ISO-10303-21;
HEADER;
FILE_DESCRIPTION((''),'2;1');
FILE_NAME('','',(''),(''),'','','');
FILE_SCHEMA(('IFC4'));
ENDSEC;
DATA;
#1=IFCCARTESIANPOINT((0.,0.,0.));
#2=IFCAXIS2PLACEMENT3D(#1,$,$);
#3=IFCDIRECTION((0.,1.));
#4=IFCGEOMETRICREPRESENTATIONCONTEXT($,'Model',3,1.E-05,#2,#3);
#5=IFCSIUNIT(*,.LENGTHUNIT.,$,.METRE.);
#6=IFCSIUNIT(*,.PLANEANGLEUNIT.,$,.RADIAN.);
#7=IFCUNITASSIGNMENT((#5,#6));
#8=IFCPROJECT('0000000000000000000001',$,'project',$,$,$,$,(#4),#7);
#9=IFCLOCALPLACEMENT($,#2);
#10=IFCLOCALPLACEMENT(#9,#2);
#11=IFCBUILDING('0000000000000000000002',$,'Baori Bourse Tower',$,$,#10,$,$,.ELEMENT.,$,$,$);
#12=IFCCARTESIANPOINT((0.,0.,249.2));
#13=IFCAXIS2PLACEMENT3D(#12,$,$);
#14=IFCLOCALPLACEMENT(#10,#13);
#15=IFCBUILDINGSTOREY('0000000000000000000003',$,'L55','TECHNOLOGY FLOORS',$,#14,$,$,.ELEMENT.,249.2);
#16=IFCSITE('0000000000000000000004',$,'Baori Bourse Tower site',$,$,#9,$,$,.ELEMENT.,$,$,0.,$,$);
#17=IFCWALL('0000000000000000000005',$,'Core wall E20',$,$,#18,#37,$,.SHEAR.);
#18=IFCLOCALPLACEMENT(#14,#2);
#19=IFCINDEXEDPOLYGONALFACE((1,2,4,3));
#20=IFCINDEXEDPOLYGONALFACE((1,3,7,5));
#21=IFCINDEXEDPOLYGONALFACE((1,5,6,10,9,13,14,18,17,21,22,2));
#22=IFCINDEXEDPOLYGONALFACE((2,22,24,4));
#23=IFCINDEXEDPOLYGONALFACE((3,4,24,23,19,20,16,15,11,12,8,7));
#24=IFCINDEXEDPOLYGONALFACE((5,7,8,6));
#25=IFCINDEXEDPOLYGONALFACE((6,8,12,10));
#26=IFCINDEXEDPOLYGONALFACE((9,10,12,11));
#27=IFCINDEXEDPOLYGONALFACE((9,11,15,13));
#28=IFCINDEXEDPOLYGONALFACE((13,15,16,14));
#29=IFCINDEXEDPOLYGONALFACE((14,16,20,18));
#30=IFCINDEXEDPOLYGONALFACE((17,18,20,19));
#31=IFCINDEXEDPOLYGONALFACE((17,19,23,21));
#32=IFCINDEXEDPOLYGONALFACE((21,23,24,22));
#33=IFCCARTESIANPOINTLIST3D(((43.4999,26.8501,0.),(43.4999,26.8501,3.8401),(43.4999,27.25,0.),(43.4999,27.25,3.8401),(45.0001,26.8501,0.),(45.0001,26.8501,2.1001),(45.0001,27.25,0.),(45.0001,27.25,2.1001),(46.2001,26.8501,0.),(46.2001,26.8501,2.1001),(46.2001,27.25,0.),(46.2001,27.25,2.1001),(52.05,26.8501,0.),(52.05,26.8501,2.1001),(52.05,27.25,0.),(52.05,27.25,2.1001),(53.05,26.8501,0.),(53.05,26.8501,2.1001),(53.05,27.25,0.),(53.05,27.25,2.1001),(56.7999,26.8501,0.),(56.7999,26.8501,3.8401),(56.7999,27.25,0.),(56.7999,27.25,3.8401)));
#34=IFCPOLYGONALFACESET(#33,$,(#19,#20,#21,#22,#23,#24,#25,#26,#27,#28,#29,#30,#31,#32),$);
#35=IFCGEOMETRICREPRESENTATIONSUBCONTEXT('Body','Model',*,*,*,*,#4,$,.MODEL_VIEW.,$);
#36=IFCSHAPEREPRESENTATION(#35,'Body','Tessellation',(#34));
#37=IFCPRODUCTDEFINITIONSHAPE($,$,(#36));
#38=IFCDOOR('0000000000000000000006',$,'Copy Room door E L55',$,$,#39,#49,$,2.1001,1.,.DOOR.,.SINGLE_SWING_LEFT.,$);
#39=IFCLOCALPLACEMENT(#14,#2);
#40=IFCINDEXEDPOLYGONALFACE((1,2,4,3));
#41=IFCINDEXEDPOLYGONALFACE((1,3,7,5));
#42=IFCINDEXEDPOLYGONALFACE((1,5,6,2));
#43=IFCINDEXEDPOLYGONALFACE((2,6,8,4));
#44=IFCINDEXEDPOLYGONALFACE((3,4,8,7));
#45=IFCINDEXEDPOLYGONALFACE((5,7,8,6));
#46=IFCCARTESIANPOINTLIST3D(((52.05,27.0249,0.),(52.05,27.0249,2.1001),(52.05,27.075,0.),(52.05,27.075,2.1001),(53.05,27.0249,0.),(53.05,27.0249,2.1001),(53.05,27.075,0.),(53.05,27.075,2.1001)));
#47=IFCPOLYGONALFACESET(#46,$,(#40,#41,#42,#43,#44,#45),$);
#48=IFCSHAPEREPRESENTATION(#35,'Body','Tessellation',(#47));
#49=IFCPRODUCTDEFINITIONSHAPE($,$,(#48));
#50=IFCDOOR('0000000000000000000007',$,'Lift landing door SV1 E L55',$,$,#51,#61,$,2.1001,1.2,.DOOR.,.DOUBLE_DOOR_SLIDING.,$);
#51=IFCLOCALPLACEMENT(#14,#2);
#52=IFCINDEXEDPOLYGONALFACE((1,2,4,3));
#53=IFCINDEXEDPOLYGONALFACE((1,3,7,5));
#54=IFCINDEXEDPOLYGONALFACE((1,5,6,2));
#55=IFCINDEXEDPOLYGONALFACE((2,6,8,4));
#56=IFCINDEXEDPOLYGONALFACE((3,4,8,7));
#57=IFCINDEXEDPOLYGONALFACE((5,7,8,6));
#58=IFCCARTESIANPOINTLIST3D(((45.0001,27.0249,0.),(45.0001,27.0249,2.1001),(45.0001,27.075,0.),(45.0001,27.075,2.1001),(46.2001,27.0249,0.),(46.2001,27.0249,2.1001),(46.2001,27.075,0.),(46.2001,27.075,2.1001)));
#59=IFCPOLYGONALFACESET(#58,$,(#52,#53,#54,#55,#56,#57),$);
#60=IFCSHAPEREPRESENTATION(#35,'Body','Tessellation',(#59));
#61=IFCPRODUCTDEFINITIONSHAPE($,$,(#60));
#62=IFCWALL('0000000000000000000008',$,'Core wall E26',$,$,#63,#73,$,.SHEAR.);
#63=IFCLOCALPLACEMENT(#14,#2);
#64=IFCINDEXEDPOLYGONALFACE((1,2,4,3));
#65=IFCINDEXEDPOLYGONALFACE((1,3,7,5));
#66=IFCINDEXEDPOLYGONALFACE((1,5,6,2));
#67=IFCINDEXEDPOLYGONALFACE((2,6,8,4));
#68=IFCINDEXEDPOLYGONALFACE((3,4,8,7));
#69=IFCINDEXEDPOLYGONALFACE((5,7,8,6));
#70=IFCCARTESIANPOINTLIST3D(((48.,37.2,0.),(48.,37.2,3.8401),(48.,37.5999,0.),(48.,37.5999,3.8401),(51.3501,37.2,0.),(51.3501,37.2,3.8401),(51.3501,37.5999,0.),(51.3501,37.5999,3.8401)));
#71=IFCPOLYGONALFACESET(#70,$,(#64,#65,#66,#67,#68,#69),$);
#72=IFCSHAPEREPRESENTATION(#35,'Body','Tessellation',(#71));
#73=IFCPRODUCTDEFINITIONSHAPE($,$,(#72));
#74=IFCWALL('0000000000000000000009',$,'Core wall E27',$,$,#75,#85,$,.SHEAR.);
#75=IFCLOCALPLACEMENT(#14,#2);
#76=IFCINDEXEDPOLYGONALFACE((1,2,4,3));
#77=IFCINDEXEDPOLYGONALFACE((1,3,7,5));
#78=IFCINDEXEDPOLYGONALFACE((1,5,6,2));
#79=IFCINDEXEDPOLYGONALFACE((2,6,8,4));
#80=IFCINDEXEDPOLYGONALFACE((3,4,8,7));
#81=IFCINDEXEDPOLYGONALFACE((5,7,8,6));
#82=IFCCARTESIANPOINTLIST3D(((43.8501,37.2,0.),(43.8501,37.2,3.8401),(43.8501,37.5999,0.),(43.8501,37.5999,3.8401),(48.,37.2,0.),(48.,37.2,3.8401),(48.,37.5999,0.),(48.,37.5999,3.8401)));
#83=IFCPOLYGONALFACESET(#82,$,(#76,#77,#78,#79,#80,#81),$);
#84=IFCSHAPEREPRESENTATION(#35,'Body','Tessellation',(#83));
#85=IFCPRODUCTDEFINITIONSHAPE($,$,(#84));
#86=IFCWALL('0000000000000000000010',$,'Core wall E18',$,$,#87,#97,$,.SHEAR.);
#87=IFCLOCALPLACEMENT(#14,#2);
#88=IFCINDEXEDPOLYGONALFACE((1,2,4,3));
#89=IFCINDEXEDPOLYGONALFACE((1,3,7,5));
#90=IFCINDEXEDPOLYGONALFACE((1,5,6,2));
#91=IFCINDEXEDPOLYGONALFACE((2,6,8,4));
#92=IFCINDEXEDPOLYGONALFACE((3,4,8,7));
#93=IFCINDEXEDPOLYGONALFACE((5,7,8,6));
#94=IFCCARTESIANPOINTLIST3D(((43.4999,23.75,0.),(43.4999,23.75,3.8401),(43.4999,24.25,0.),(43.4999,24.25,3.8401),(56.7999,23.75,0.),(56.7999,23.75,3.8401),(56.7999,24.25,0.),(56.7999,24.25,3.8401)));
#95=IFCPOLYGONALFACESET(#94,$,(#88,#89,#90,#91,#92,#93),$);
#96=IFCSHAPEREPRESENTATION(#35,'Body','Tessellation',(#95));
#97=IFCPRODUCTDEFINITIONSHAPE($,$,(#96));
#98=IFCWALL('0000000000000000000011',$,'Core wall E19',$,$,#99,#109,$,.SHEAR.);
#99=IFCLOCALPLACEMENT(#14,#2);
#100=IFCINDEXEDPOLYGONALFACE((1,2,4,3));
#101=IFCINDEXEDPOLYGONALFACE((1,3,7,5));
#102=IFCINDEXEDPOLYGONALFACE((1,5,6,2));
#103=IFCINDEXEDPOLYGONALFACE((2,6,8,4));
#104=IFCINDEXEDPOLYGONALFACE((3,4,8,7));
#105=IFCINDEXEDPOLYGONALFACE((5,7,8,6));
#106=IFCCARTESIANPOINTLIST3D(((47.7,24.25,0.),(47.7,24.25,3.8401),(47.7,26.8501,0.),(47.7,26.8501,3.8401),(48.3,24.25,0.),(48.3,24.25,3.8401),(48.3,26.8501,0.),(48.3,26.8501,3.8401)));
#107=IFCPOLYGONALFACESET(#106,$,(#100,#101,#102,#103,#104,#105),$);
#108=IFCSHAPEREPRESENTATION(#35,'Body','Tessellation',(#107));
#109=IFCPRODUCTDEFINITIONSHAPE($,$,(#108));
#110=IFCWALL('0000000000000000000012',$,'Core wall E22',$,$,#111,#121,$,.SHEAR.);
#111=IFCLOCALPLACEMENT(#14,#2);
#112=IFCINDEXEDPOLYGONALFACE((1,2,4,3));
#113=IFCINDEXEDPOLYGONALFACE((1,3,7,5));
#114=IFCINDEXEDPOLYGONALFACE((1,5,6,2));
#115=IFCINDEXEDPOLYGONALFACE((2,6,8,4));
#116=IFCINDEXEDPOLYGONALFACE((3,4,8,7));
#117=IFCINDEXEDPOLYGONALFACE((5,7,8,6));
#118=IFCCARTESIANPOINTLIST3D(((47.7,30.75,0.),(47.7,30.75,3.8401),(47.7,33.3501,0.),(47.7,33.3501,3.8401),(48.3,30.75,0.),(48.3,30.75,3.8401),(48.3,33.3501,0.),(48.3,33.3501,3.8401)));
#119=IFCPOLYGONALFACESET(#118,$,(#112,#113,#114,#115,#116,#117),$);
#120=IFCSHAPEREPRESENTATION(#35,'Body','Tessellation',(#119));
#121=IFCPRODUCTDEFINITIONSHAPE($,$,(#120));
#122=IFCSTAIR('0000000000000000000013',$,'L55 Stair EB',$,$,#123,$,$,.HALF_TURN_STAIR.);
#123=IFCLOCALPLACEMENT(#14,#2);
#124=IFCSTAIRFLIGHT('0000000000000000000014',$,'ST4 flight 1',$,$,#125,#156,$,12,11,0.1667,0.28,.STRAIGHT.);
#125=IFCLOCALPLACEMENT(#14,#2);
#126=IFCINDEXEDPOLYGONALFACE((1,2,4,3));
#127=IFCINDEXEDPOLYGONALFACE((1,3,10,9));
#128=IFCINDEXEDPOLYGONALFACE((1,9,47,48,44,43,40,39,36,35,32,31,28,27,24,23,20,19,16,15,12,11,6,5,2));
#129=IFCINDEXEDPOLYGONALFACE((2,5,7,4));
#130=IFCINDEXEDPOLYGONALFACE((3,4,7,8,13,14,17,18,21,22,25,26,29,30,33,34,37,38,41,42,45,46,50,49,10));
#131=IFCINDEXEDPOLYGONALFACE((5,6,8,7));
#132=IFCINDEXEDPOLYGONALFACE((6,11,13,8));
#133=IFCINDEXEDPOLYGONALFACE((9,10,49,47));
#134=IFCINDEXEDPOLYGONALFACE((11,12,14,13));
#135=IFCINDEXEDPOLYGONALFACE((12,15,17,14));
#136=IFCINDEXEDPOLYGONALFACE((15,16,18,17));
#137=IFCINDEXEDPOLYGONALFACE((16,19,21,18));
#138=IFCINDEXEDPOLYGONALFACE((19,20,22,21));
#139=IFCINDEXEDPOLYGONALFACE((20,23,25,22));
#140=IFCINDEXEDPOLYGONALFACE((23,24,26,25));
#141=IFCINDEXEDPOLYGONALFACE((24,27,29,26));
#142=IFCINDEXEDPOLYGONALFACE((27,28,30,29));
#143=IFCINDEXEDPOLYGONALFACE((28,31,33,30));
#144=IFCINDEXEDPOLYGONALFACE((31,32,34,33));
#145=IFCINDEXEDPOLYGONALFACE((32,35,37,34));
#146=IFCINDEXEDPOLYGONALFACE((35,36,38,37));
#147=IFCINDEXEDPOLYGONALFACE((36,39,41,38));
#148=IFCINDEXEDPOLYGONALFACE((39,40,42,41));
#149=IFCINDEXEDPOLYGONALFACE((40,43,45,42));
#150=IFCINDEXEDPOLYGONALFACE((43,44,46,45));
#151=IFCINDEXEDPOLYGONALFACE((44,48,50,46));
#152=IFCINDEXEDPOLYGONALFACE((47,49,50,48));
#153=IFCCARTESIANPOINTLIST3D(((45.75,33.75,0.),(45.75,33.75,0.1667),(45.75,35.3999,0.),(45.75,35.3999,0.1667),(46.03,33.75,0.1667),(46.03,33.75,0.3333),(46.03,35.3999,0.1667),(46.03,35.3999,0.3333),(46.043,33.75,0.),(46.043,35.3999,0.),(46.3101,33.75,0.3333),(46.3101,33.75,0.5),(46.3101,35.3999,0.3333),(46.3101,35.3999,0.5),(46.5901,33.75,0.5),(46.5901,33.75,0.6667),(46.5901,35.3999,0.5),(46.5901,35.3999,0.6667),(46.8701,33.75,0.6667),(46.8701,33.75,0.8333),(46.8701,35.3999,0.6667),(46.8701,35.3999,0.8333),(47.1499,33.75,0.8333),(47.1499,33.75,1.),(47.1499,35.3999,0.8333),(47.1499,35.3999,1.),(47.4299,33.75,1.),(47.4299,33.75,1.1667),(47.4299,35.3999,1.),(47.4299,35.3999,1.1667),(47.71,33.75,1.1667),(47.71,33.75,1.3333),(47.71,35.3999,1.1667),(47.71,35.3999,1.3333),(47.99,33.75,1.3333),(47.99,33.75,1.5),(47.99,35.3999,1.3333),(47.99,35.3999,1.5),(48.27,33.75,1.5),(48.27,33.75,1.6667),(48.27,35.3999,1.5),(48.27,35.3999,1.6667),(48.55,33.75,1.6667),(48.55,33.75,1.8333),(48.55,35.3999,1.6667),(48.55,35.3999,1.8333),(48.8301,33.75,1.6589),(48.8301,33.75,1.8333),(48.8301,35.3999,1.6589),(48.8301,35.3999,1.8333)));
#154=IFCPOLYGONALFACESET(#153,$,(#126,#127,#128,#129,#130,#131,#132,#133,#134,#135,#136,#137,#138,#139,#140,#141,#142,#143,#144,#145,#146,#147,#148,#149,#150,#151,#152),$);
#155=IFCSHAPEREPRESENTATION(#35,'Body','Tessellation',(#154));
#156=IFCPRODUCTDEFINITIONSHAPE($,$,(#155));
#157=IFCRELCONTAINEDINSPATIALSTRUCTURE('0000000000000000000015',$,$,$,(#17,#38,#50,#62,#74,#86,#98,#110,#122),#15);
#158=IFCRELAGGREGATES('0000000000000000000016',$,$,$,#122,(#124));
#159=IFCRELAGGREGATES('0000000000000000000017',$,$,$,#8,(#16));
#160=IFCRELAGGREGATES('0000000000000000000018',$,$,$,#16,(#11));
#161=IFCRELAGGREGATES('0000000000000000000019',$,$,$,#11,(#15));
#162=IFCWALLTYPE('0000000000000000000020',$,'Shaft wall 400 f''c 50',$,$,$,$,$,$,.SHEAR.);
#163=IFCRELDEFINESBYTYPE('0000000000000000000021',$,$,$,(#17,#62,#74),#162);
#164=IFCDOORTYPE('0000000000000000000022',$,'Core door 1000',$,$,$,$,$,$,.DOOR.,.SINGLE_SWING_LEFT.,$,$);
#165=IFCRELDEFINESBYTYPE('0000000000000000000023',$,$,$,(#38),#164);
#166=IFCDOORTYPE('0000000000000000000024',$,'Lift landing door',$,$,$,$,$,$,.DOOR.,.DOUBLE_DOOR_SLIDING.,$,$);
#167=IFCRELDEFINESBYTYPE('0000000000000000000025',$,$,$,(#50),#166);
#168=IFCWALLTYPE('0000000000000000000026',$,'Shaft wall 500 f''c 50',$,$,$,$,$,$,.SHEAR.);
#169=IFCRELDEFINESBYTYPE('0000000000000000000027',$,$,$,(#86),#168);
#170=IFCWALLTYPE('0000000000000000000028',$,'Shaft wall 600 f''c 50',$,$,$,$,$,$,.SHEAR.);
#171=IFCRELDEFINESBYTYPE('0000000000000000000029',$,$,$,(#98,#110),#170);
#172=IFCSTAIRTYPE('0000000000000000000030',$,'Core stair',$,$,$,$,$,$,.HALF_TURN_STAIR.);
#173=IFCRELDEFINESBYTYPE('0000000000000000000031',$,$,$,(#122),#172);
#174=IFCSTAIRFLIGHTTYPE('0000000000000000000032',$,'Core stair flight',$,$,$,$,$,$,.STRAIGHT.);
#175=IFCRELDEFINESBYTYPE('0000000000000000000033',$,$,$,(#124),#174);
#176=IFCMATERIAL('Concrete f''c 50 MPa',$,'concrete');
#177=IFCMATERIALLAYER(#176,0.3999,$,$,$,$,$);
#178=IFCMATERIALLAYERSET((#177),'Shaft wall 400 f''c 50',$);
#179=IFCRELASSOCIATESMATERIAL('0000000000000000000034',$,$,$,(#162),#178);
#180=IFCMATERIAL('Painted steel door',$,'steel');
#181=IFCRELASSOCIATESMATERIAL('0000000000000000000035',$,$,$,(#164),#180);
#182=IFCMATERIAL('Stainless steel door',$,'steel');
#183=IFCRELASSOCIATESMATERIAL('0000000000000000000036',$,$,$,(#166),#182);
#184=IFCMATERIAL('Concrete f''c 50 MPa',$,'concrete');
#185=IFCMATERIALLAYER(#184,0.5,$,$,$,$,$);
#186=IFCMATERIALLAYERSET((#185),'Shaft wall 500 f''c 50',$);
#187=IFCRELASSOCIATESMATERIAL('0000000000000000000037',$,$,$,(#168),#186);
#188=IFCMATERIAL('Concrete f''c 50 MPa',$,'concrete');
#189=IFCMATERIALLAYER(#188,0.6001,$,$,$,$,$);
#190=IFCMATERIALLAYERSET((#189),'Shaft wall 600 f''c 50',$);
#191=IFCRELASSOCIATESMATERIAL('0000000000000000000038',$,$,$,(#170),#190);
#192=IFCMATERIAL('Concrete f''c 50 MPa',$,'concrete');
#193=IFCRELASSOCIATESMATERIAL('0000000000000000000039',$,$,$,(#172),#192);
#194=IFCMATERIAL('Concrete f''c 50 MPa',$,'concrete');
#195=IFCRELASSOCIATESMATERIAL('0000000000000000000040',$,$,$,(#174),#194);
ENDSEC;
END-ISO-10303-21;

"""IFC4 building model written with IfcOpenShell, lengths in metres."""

from ifc_helpers import new_model, si_unit, direction, frame, frame_2d, origin, place, context, subcontext, project, spatial, polyline, rectangle, outline, extrude, material, layer, layer_set, type_object, element, fill, aggregate, save


model = new_model("IFC4")

# Units and contexts
model_context = context("Model", 3, precision=1e-05, world=origin(), true_north=direction((0.0, 1.0)))
body_context = subcontext(model_context, "Body", "Model", "MODEL_VIEW")
ifc_project = project(units=[si_unit("LENGTHUNIT", "METRE"), si_unit("PLANEANGLEUNIT", "RADIAN")], contexts=[model_context])

# Site, building, storey
site_placement = place(None, origin())
site = spatial("IfcSite", under=ifc_project, at=site_placement, Name="Baori Bourse Tower site", CompositionType="ELEMENT", RefElevation=0.0)
building_placement = place(site_placement, origin())
building = spatial("IfcBuilding", under=site, at=building_placement, Name="Baori Bourse Tower", CompositionType="ELEMENT")
storey_placement = place(building_placement, frame((0.0, 0.0, 249.2)))
storey = spatial("IfcBuildingStorey", under=building, at=storey_placement, Name="L55", Description="TECHNOLOGY FLOORS", CompositionType="ELEMENT", Elevation=249.2)

# Wall, openings, doors
ifc_material_1 = material(Name="Concrete f'c 50 MPa", Category="concrete")
ifc_layer_1 = layer(ifc_material_1, 0.3999)
ifc_layer_set_1 = layer_set([ifc_layer_1], Name="Shaft wall 400 f'c 50")
wall_type_1 = type_object("IfcWallType", Name="Shaft wall 400 f'c 50", PredefinedType="SHEAR", material=ifc_layer_set_1)
wall_1_placement = place(storey_placement, frame((43.5, 27.05, 0.0), z_axis=(0.0, 0.0, 1.0), x_axis=(1.0, 0.0, 0.0)))
wall_1 = element("IfcWall", 1, at=wall_1_placement, inside=storey, type_object=wall_type_1, Name="Core wall E20", PredefinedType="SHEAR", context=body_context, shape_type="SweptSolid", body=[
    extrude(rectangle(XDim=13.3, YDim=0.3999, at=frame_2d((6.6499, 0.0))), origin(), (0.0, 0.0, 1.0), 3.8401),
])
opening_1_placement = place(wall_1_placement, frame((8.55, 0.0, 0.0)))
opening_1 = element("IfcOpeningElement", 2, at=opening_1_placement, cuts=wall_1, PredefinedType="OPENING", context=body_context, shape_type="SweptSolid", body=[
    extrude(rectangle(XDim=1.0, YDim=2.1001, at=frame_2d((0.5, 1.05))), frame((0.0, 0.21, 0.0), z_axis=(0.0, -1.0, 0.0), x_axis=(1.0, 0.0, 0.0)), (0.0, 0.0, 1.0), 0.4199),
])
opening_2_placement = place(wall_1_placement, frame((1.5, 0.0, 0.0)))
opening_2 = element("IfcOpeningElement", 3, at=opening_2_placement, cuts=wall_1, PredefinedType="OPENING", context=body_context, shape_type="SweptSolid", body=[
    extrude(rectangle(XDim=1.2, YDim=2.1001, at=frame_2d((0.6001, 1.05))), frame((0.0, 0.21, 0.0), z_axis=(0.0, -1.0, 0.0), x_axis=(1.0, 0.0, 0.0)), (0.0, 0.0, 1.0), 0.4199),
])
ifc_material_2 = material(Name="Painted steel door", Category="steel")
door_type_1 = type_object("IfcDoorType", Name="Core door 1000", OperationType="SINGLE_SWING_LEFT", PredefinedType="DOOR", material=ifc_material_2)
door_1_placement = place(opening_1_placement, origin())
door_1 = element("IfcDoor", 4, at=door_1_placement, inside=storey, type_object=door_type_1, Name="Copy Room door E L55", OperationType="SINGLE_SWING_LEFT", OverallHeight=2.1001, OverallWidth=1.0, PredefinedType="DOOR", context=body_context, shape_type="SweptSolid", body=[
    extrude(rectangle(XDim=1.0, YDim=2.1001, at=frame_2d((0.5, 1.05))), frame((0.0, 0.0249, 0.0), z_axis=(0.0, -1.0, 0.0), x_axis=(1.0, 0.0, 0.0)), (0.0, 0.0, 1.0), 0.05),
])
fill(opening_1, door_1)
ifc_material_3 = material(Name="Stainless steel door", Category="steel")
door_type_2 = type_object("IfcDoorType", Name="Lift landing door", OperationType="DOUBLE_DOOR_SLIDING", PredefinedType="DOOR", material=ifc_material_3)
door_2_placement = place(opening_2_placement, origin())
door_2 = element("IfcDoor", 5, at=door_2_placement, inside=storey, type_object=door_type_2, Name="Lift landing door SV1 E L55", OperationType="DOUBLE_DOOR_SLIDING", OverallHeight=2.1001, OverallWidth=1.2, PredefinedType="DOOR", context=body_context, shape_type="SweptSolid", body=[
    extrude(rectangle(XDim=1.2, YDim=2.1001, at=frame_2d((0.6001, 1.05))), frame((0.0, 0.0249, 0.0), z_axis=(0.0, -1.0, 0.0), x_axis=(1.0, 0.0, 0.0)), (0.0, 0.0, 1.0), 0.05),
])
fill(opening_2, door_2)

# Walls
wall_2_placement = place(storey_placement, frame((48.0, 37.3999, 0.0), z_axis=(0.0, 0.0, 1.0), x_axis=(1.0, 0.0, 0.0)))
element("IfcWall", 6, at=wall_2_placement, inside=storey, type_object=wall_type_1, Name="Core wall E26", PredefinedType="SHEAR", context=body_context, shape_type="SweptSolid", body=[
    extrude(rectangle(XDim=3.3501, YDim=0.3999, at=frame_2d((1.675, 0.0))), origin(), (0.0, 0.0, 1.0), 3.8401),
])
wall_3_placement = place(storey_placement, frame((43.8501, 37.3999, 0.0), z_axis=(0.0, 0.0, 1.0), x_axis=(1.0, 0.0, 0.0)))
element("IfcWall", 7, at=wall_3_placement, inside=storey, type_object=wall_type_1, Name="Core wall E27", PredefinedType="SHEAR", context=body_context, shape_type="SweptSolid", body=[
    extrude(rectangle(XDim=4.1499, YDim=0.3999, at=frame_2d((2.075, 0.0))), origin(), (0.0, 0.0, 1.0), 3.8401),
])
ifc_material_4 = material(Name="Concrete f'c 50 MPa", Category="concrete")
ifc_layer_2 = layer(ifc_material_4, 0.5)
ifc_layer_set_2 = layer_set([ifc_layer_2], Name="Shaft wall 500 f'c 50")
wall_type_2 = type_object("IfcWallType", Name="Shaft wall 500 f'c 50", PredefinedType="SHEAR", material=ifc_layer_set_2)
wall_4_placement = place(storey_placement, frame((43.5, 24.0, 0.0), z_axis=(0.0, 0.0, 1.0), x_axis=(1.0, 0.0, 0.0)))
element("IfcWall", 8, at=wall_4_placement, inside=storey, type_object=wall_type_2, Name="Core wall E18", PredefinedType="SHEAR", context=body_context, shape_type="SweptSolid", body=[
    extrude(rectangle(XDim=13.3, YDim=0.5, at=frame_2d((6.6499, 0.0))), origin(), (0.0, 0.0, 1.0), 3.8401),
])
ifc_material_5 = material(Name="Concrete f'c 50 MPa", Category="concrete")
ifc_layer_3 = layer(ifc_material_5, 0.6001)
ifc_layer_set_3 = layer_set([ifc_layer_3], Name="Shaft wall 600 f'c 50")
wall_type_3 = type_object("IfcWallType", Name="Shaft wall 600 f'c 50", PredefinedType="SHEAR", material=ifc_layer_set_3)
for number, where, z_axis, x_axis, name in (
    (9, (48.0, 24.25, 0.0), (0.0, 0.0, 1.0), (0.0, 1.0, 0.0), "Core wall E19"),
    (10, (48.0, 30.75, 0.0), (0.0, 0.0, 1.0), (0.0, 1.0, 0.0), "Core wall E22"),
):
    element("IfcWall", number, at=place(storey_placement, frame(where, z_axis=z_axis, x_axis=x_axis)), inside=storey, type_object=wall_type_3, Name=name, PredefinedType="SHEAR", context=body_context, shape_type="SweptSolid", body=[
        extrude(rectangle(XDim=2.6001, YDim=0.6001, at=frame_2d((1.3, 0.0))), origin(), (0.0, 0.0, 1.0), 3.8401),
    ])

# Stair, stair flight
ifc_material_6 = material(Name="Concrete f'c 50 MPa", Category="concrete")
stair_type = type_object("IfcStairType", Name="Core stair", PredefinedType="HALF_TURN_STAIR", material=ifc_material_6)
stair_placement = place(storey_placement, origin())
stair = element("IfcStair", 11, at=stair_placement, inside=storey, type_object=stair_type, Name="L55 Stair EB", PredefinedType="HALF_TURN_STAIR")
ifc_material_7 = material(Name="Concrete f'c 50 MPa", Category="concrete")
stair_flight_type = type_object("IfcStairFlightType", Name="Core stair flight", PredefinedType="STRAIGHT", material=ifc_material_7)
stair_flight_1_placement = place(storey_placement, frame((45.75, 34.575, 0.0), z_axis=(0.0, 0.0, 1.0), x_axis=(1.0, 0.0, 0.0)))
stair_flight_1 = element("IfcStairFlight", 12, at=stair_flight_1_placement, type_object=stair_flight_type, Name="ST4 flight 1", NumberOfRisers=12, NumberOfTreads=11, PredefinedType="STRAIGHT", RiserHeight=0.1667, TreadLength=0.28, context=body_context, shape_type="SweptSolid", body=[
    extrude(outline(polyline([(0.0, 0.0), (0.0, 0.1667), (0.28, 0.1667), (0.28, 0.3333), (0.5601, 0.3333), (0.5601, 0.5), (0.8401, 0.5), (0.8401, 0.6667), (1.1201, 0.6667), (1.1201, 0.8333), (1.3999, 0.8333), (1.3999, 1.0), (1.6799, 1.0), (1.6799, 1.1667), (1.96, 1.1667), (1.96, 1.3333), (2.24, 1.3333), (2.24, 1.5), (2.52, 1.5), (2.52, 1.6667), (2.8, 1.6667), (2.8, 1.8333), (3.0801, 1.8333), (3.0801, 2.0), (3.0801, 1.6589), (0.293, 0.0), (0.0, 0.0)])), frame((0.0, 0.825, 0.0), z_axis=(0.0, -1.0, 0.0), x_axis=(1.0, 0.0, 0.0)), (0.0, 0.0, 1.0), 1.6499),
])
aggregate(stair, [stair_flight_1])

save(model, "model.ifc")
